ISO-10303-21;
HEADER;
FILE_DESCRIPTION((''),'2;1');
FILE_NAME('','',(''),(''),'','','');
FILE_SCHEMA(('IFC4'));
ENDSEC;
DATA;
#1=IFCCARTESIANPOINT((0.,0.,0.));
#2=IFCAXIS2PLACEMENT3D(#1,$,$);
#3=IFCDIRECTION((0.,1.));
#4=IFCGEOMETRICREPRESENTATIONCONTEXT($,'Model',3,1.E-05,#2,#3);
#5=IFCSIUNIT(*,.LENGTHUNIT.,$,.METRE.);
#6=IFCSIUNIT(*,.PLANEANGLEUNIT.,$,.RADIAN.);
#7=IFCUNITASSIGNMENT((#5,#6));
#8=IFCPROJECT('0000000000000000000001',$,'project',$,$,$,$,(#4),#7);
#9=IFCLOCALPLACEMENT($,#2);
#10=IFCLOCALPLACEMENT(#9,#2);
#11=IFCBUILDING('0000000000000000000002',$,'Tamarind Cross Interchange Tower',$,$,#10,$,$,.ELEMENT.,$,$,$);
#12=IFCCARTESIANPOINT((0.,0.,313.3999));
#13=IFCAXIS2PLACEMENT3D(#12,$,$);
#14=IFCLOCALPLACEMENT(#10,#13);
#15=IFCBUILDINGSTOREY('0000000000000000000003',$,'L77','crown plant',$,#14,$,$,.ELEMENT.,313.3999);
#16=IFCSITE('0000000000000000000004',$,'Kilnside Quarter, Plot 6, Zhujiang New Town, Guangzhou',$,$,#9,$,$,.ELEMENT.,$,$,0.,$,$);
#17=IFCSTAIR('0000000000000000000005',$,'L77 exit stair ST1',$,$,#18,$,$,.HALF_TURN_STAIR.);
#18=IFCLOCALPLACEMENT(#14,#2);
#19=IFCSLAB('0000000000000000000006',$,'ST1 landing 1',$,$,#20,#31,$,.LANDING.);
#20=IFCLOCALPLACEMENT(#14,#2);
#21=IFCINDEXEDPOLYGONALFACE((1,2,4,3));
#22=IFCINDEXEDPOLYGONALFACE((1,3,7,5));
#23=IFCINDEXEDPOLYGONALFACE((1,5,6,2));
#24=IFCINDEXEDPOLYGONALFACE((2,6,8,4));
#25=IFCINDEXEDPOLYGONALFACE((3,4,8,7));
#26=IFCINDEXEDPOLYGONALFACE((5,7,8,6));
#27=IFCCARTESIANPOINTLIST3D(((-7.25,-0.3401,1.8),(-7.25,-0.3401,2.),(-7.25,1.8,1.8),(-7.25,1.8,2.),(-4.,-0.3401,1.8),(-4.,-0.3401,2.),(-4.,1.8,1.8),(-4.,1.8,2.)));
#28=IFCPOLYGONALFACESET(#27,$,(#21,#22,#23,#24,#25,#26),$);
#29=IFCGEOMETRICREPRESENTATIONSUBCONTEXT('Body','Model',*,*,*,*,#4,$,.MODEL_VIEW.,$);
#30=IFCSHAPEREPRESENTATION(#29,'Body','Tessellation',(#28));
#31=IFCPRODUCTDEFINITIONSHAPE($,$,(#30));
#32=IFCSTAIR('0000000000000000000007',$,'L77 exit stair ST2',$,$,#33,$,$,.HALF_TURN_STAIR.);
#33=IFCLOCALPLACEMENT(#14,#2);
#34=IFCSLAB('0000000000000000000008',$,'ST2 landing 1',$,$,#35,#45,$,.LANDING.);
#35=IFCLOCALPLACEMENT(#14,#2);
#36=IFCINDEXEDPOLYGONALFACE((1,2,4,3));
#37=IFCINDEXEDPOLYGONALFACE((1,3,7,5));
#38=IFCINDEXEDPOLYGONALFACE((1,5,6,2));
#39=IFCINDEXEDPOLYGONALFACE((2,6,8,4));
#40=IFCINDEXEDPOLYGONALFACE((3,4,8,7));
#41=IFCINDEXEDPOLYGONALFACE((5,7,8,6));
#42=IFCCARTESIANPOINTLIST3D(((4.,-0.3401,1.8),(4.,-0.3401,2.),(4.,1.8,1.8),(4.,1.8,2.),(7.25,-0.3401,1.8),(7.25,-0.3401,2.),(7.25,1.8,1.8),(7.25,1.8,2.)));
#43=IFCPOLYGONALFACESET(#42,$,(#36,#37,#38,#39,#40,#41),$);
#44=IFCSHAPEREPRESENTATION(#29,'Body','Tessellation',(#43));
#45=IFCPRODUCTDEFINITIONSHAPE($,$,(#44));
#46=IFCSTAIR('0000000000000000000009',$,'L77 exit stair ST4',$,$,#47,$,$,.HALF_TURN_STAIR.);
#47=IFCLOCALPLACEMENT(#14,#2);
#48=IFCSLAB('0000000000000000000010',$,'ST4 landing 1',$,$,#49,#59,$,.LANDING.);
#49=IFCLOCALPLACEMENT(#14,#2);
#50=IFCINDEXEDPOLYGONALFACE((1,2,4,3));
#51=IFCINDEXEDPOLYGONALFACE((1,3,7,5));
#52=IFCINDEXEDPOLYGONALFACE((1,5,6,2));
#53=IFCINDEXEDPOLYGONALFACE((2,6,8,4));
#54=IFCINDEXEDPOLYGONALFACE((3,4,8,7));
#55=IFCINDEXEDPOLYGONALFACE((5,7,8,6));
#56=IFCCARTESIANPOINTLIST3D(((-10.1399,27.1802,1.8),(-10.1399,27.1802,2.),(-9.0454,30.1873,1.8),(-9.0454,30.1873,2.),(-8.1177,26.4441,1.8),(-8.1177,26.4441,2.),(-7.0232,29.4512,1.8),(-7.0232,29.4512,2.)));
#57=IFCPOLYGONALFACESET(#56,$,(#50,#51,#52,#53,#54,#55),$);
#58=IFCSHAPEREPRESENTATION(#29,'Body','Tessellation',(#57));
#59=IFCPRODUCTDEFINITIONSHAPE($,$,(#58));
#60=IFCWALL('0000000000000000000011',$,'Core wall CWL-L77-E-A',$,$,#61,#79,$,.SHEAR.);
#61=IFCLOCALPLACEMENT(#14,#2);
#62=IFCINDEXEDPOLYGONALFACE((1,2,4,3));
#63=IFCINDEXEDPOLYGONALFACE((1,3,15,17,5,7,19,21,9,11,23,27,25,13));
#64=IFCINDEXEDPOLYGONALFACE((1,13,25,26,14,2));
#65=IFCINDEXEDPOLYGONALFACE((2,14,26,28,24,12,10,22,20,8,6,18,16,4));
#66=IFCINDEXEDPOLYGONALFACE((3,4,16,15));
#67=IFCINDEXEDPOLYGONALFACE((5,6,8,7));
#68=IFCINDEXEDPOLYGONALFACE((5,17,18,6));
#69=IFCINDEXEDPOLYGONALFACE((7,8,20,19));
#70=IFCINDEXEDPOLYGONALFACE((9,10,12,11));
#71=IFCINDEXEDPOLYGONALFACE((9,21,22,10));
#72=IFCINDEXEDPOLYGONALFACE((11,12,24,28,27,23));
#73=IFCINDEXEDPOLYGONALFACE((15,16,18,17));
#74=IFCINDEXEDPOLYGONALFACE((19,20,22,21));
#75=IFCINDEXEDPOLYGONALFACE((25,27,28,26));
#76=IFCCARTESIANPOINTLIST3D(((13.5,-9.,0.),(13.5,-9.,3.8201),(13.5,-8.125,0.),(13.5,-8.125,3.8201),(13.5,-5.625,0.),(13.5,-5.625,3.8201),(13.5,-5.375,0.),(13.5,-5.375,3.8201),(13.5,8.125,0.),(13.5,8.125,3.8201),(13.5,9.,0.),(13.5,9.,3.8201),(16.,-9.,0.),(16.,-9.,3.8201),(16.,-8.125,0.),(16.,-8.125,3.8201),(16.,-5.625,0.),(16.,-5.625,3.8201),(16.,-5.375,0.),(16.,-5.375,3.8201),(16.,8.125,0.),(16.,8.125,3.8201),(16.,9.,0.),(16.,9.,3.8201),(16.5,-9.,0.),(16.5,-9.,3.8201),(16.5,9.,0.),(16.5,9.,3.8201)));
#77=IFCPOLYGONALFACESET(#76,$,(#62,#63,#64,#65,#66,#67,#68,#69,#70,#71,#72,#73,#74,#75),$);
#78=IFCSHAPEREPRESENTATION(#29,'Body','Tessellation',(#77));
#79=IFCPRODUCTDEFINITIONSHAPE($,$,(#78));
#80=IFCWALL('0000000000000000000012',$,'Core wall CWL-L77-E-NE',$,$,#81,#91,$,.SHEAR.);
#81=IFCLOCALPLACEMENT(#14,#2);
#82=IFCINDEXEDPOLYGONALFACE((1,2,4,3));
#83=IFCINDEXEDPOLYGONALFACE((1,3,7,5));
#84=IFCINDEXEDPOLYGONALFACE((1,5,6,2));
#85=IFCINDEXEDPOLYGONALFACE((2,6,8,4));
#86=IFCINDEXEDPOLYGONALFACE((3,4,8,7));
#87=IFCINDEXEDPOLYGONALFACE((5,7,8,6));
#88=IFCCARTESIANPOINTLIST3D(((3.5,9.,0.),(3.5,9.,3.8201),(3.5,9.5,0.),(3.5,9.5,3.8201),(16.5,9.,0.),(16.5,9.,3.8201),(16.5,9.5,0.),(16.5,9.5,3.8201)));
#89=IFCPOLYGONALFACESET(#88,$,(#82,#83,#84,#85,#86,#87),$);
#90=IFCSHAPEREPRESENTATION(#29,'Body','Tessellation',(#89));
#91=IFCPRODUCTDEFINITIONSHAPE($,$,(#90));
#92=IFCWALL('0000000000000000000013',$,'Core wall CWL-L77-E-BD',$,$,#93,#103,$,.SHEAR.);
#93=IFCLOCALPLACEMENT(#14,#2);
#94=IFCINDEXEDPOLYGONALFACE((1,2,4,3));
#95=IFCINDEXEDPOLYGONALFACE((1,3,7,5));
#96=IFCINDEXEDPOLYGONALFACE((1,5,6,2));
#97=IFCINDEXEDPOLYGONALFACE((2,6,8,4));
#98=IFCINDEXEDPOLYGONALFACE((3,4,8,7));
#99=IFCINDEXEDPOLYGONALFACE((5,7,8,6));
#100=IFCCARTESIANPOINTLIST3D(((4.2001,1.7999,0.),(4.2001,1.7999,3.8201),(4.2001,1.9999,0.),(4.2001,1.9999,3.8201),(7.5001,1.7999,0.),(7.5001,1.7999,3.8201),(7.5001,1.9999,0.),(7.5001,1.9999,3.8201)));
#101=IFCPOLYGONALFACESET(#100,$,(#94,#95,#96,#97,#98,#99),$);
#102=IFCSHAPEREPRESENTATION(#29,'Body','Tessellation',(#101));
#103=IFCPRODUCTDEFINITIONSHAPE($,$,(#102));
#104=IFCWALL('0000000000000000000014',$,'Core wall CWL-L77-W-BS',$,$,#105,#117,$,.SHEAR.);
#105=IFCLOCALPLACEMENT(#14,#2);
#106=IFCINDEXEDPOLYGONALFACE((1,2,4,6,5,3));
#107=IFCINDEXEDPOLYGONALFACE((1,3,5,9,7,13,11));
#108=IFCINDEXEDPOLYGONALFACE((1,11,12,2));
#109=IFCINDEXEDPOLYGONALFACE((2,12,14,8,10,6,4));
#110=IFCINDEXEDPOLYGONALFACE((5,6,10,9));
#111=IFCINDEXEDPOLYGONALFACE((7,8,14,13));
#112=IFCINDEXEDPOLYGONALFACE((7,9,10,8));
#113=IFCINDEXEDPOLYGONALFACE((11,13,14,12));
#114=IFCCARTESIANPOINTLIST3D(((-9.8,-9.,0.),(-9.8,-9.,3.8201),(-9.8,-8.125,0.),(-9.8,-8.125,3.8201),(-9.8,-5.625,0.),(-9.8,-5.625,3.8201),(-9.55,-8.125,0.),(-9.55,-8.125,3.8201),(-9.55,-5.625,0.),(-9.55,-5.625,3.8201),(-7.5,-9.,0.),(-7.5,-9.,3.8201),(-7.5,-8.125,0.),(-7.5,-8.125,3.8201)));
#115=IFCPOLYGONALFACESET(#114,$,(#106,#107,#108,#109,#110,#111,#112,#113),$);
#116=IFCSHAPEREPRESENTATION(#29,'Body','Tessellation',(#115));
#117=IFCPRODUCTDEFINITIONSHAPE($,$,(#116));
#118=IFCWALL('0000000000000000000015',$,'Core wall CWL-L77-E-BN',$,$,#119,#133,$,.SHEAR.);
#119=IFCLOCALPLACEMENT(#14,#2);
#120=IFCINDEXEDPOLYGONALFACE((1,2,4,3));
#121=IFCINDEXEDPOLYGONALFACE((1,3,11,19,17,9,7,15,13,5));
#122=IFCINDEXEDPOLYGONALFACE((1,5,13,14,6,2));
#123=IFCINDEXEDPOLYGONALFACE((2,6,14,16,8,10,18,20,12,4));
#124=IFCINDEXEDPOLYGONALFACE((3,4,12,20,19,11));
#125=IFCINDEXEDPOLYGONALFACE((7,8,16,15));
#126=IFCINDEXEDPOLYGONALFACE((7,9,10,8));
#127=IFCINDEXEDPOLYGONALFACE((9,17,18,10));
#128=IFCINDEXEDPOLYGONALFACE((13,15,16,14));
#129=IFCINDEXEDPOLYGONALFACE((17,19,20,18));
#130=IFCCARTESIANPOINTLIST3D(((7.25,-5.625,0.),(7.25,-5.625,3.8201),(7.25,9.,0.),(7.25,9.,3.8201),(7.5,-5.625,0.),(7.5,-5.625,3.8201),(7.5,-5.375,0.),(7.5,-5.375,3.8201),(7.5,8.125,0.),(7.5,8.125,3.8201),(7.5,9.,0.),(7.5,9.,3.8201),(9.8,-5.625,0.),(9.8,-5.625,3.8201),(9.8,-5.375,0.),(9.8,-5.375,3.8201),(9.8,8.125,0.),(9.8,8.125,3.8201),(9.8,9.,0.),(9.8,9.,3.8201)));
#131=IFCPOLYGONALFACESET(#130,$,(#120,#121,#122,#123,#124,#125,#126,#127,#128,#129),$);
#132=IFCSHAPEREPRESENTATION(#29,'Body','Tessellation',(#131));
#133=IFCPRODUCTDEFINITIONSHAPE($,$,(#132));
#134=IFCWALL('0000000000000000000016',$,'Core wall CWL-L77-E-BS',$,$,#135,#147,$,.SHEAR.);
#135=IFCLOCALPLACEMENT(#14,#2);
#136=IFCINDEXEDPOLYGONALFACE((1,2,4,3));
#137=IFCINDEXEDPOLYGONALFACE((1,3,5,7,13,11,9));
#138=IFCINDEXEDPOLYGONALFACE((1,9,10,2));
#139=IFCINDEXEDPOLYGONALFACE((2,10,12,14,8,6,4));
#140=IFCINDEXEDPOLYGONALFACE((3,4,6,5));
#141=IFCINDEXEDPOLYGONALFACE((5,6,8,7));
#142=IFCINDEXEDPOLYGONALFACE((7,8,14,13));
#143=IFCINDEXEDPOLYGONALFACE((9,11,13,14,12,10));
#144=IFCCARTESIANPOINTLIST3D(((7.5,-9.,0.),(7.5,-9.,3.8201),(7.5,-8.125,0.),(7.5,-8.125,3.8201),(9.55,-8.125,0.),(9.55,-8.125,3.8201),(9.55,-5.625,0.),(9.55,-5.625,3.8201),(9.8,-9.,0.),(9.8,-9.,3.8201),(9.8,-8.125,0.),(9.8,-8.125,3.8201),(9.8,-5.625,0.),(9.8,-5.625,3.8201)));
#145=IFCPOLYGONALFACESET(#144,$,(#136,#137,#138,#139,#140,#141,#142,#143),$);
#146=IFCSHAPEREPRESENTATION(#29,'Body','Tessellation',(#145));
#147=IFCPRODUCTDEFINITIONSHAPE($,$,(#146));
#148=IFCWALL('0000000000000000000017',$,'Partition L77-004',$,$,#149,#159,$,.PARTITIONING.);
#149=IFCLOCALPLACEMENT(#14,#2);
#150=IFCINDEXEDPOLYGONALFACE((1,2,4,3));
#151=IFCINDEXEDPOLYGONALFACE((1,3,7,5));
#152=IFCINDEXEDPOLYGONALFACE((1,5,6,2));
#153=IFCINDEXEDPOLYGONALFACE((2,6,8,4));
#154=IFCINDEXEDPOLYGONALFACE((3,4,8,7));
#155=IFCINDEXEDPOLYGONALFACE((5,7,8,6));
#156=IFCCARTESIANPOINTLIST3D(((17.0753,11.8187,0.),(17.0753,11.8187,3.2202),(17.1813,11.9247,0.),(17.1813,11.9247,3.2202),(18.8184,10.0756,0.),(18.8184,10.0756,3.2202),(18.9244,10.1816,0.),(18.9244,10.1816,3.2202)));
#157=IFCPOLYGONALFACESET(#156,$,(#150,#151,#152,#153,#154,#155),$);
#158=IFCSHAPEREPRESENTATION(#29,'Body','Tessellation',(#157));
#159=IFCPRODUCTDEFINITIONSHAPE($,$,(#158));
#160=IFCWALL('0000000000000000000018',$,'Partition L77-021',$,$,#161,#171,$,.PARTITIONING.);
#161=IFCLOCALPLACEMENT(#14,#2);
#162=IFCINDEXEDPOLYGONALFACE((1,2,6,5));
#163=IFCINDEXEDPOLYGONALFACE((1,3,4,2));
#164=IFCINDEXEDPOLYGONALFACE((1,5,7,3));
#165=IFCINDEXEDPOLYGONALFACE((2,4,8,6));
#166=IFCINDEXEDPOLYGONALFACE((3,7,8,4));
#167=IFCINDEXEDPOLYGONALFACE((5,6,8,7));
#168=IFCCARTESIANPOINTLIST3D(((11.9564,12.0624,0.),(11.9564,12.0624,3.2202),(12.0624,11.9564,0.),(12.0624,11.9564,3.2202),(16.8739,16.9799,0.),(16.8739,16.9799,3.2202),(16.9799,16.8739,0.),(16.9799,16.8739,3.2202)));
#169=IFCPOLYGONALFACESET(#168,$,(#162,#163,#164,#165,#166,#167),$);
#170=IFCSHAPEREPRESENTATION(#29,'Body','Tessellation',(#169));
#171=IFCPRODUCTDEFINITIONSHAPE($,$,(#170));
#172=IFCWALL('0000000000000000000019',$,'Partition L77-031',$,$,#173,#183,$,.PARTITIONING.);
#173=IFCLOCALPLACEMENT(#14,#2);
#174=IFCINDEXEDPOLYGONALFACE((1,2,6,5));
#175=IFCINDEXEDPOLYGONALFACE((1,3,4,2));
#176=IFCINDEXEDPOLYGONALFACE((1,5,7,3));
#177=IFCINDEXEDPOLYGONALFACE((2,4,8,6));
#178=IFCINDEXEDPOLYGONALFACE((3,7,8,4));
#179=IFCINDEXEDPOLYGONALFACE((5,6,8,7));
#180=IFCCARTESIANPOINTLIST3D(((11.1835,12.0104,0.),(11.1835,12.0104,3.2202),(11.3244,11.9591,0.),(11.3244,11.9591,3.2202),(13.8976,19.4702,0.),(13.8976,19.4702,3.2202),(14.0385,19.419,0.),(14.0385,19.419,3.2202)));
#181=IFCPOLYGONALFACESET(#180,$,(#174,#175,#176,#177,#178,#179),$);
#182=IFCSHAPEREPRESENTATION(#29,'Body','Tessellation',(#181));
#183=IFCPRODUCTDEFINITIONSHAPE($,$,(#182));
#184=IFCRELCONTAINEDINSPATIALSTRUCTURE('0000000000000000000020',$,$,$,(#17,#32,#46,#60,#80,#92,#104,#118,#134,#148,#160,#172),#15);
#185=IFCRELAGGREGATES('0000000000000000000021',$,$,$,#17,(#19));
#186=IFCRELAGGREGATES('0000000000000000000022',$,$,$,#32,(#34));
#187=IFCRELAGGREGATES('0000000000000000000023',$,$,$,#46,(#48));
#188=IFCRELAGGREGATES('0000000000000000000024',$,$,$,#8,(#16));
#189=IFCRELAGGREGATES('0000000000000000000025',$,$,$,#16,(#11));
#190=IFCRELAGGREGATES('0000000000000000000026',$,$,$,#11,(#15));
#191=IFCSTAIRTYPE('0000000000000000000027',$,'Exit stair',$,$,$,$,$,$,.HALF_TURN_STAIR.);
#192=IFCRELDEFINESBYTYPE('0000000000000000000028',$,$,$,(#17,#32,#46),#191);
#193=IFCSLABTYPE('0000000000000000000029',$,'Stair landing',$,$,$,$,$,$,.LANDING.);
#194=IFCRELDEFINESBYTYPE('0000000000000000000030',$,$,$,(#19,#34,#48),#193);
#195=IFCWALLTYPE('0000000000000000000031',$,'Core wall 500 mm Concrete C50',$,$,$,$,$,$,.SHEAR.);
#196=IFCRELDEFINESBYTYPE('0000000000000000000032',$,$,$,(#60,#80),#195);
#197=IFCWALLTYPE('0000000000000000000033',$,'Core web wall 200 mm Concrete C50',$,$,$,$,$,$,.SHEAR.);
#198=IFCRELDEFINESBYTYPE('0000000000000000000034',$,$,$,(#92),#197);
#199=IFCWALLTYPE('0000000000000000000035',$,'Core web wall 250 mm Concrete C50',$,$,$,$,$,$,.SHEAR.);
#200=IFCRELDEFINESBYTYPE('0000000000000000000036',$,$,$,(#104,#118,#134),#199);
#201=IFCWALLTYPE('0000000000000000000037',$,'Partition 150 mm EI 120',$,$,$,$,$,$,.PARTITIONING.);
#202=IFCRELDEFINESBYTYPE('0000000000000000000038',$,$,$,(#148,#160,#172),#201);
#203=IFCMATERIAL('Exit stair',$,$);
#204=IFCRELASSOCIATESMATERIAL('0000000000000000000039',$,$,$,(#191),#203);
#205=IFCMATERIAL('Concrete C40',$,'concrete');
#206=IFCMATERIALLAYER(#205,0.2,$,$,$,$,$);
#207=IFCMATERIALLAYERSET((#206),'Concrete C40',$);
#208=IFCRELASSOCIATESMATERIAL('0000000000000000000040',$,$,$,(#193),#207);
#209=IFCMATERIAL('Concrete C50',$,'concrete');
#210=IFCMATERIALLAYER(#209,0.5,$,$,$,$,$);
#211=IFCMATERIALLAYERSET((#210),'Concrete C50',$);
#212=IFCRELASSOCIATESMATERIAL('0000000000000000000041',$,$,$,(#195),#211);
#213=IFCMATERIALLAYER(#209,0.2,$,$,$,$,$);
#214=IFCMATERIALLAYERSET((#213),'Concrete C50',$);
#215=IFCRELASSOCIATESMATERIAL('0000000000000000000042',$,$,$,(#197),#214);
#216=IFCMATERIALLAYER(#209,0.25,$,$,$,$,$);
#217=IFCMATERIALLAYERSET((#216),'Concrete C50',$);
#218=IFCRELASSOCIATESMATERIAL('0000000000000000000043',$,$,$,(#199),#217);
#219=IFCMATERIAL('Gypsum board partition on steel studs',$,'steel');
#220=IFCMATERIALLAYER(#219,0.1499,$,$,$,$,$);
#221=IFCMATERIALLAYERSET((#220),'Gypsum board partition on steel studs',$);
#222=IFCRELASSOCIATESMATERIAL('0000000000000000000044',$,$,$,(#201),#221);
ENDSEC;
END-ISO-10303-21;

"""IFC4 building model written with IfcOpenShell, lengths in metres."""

from ifc_helpers import new_model, si_unit, direction, frame, frame_2d, origin, place, context, subcontext, project, spatial, polyline, rectangle, outline, extrude, material, layer, layer_set, type_object, element, aggregate, save


model = new_model("IFC4")

# Units and contexts
model_context = context("Model", 3, precision=1e-05, world=origin(), true_north=direction((0.0, 1.0)))
body_context = subcontext(model_context, "Body", "Model", "MODEL_VIEW")
ifc_project = project(units=[si_unit("LENGTHUNIT", "METRE"), si_unit("PLANEANGLEUNIT", "RADIAN")], contexts=[model_context])

# Site, building, storey
site_placement = place(None, origin())
site = spatial("IfcSite", under=ifc_project, at=site_placement, Name="Kilnside Quarter, Plot 6, Zhujiang New Town, Guangzhou", CompositionType="ELEMENT", RefElevation=0.0)
building_placement = place(site_placement, origin())
building = spatial("IfcBuilding", under=site, at=building_placement, Name="Tamarind Cross Interchange Tower", CompositionType="ELEMENT")
storey_placement = place(building_placement, frame((0.0, 0.0, 313.3999)))
storey = spatial("IfcBuildingStorey", under=building, at=storey_placement, Name="L77", Description="crown plant", CompositionType="ELEMENT", Elevation=313.3999)

# Stairs, slabs
ifc_material_1 = material(Name="Exit stair")
stair_type = type_object("IfcStairType", Name="Exit stair", PredefinedType="HALF_TURN_STAIR", material=ifc_material_1)
stair_1_placement = place(storey_placement, origin())
stair_1 = element("IfcStair", 1, at=stair_1_placement, inside=storey, type_object=stair_type, Name="L77 exit stair ST1", PredefinedType="HALF_TURN_STAIR")
ifc_material_2 = material(Name="Concrete C40", Category="concrete")
ifc_layer_1 = layer(ifc_material_2, 0.2)
ifc_layer_set_1 = layer_set([ifc_layer_1], Name="Concrete C40")
slab_type = type_object("IfcSlabType", Name="Stair landing", PredefinedType="LANDING", material=ifc_layer_set_1)
slab_1_placement = place(storey_placement, frame((0.0, 0.0, 1.8)))
slab_1 = element("IfcSlab", 2, at=slab_1_placement, type_object=slab_type, Name="ST1 landing 1", PredefinedType="LANDING", context=body_context, shape_type="SweptSolid", body=[
    extrude(outline(polyline([(-4.0, -0.3401), (-4.0, 1.8), (-7.25, 1.8), (-7.25, -0.3401), (-4.0, -0.3401)])), origin(), (0.0, 0.0, 1.0), 0.2),
])
aggregate(stair_1, [slab_1])
stair_2_placement = place(storey_placement, origin())
stair_2 = element("IfcStair", 3, at=stair_2_placement, inside=storey, type_object=stair_type, Name="L77 exit stair ST2", PredefinedType="HALF_TURN_STAIR")
slab_2_placement = place(storey_placement, frame((0.0, 0.0, 1.8)))
slab_2 = element("IfcSlab", 4, at=slab_2_placement, type_object=slab_type, Name="ST2 landing 1", PredefinedType="LANDING", context=body_context, shape_type="SweptSolid", body=[
    extrude(outline(polyline([(7.25, -0.3401), (7.25, 1.8), (4.0, 1.8), (4.0, -0.3401), (7.25, -0.3401)])), origin(), (0.0, 0.0, 1.0), 0.2),
])
aggregate(stair_2, [slab_2])
stair_3_placement = place(storey_placement, origin())
stair_3 = element("IfcStair", 5, at=stair_3_placement, inside=storey, type_object=stair_type, Name="L77 exit stair ST4", PredefinedType="HALF_TURN_STAIR")
slab_3_placement = place(storey_placement, frame((0.0, 0.0, 1.8)))
slab_3 = element("IfcSlab", 6, at=slab_3_placement, type_object=slab_type, Name="ST4 landing 1", PredefinedType="LANDING", context=body_context, shape_type="SweptSolid", body=[
    extrude(outline(polyline([(-7.0232, 29.4512), (-9.0454, 30.1873), (-10.1399, 27.1802), (-8.1177, 26.4441), (-7.0232, 29.4512)])), origin(), (0.0, 0.0, 1.0), 0.2),
])
aggregate(stair_3, [slab_3])

# Walls
ifc_material_3 = material(Name="Concrete C50", Category="concrete")
ifc_layer_2 = layer(ifc_material_3, 0.5)
ifc_layer_set_2 = layer_set([ifc_layer_2], Name="Concrete C50")
wall_type_1 = type_object("IfcWallType", Name="Core wall 500 mm Concrete C50", PredefinedType="SHEAR", material=ifc_layer_set_2)
wall_1_placement = place(storey_placement, origin())
element("IfcWall", 7, at=wall_1_placement, inside=storey, type_object=wall_type_1, Name="Core wall CWL-L77-E-A", PredefinedType="SHEAR", context=body_context, shape_type="SweptSolid", body=[
    extrude(outline(polyline([(13.5, -8.125), (13.5, -9.0), (16.0, -9.0), (16.5, -9.0), (16.5, 9.0), (16.0, 9.0), (13.5, 9.0), (13.5, 8.125), (16.0, 8.125), (16.0, -5.375), (13.5, -5.375), (13.5, -5.625), (16.0, -5.625), (16.0, -8.125), (13.5, -8.125)])), origin(), (0.0, 0.0, 1.0), 3.8201),
])
wall_2_placement = place(storey_placement, frame((16.5, 9.25, 0.0), z_axis=(0.0, 0.0, 1.0), x_axis=(-1.0, 0.0, 0.0)))
element("IfcWall", 8, at=wall_2_placement, inside=storey, type_object=wall_type_1, Name="Core wall CWL-L77-E-NE", PredefinedType="SHEAR", context=body_context, shape_type="SweptSolid", body=[
    extrude(rectangle(XDim=13.0, YDim=0.5, at=frame_2d((6.5, 0.0))), origin(), (0.0, 0.0, 1.0), 3.8201),
])
ifc_layer_3 = layer(ifc_material_3, 0.2)
ifc_layer_set_3 = layer_set([ifc_layer_3], Name="Concrete C50")
wall_type_2 = type_object("IfcWallType", Name="Core web wall 200 mm Concrete C50", PredefinedType="SHEAR", material=ifc_layer_set_3)
wall_3_placement = place(storey_placement, frame((7.5, 1.8999, 0.0), z_axis=(0.0, 0.0, 1.0), x_axis=(-1.0, 0.0, 0.0)))
element("IfcWall", 9, at=wall_3_placement, inside=storey, type_object=wall_type_2, Name="Core wall CWL-L77-E-BD", PredefinedType="SHEAR", context=body_context, shape_type="SweptSolid", body=[
    extrude(rectangle(XDim=3.3, YDim=0.2, at=frame_2d((1.6499, 0.0))), origin(), (0.0, 0.0, 1.0), 3.8201),
])
ifc_layer_4 = layer(ifc_material_3, 0.25)
ifc_layer_set_4 = layer_set([ifc_layer_4], Name="Concrete C50")
wall_type_3 = type_object("IfcWallType", Name="Core web wall 250 mm Concrete C50", PredefinedType="SHEAR", material=ifc_layer_set_4)
wall_4_placement = place(storey_placement, origin())
element("IfcWall", 10, at=wall_4_placement, inside=storey, type_object=wall_type_3, Name="Core wall CWL-L77-W-BS", PredefinedType="SHEAR", context=body_context, shape_type="SweptSolid", body=[
    extrude(outline(polyline([(-7.5, -8.125), (-9.55, -8.125), (-9.55, -5.625), (-9.8, -5.625), (-9.8, -8.125), (-9.8, -9.0), (-7.5, -9.0), (-7.5, -8.125)])), origin(), (0.0, 0.0, 1.0), 3.8201),
])
wall_5_placement = place(storey_placement, origin())
element("IfcWall", 11, at=wall_5_placement, inside=storey, type_object=wall_type_3, Name="Core wall CWL-L77-E-BN", PredefinedType="SHEAR", context=body_context, shape_type="SweptSolid", body=[
    extrude(outline(polyline([(9.8, -5.625), (9.8, -5.375), (7.5, -5.375), (7.5, 8.125), (9.8, 8.125), (9.8, 9.0), (7.5, 9.0), (7.25, 9.0), (7.25, -5.625), (7.5, -5.625), (9.8, -5.625)])), origin(), (0.0, 0.0, 1.0), 3.8201),
])
wall_6_placement = place(storey_placement, origin())
element("IfcWall", 12, at=wall_6_placement, inside=storey, type_object=wall_type_3, Name="Core wall CWL-L77-E-BS", PredefinedType="SHEAR", context=body_context, shape_type="SweptSolid", body=[
    extrude(outline(polyline([(7.5, -8.125), (7.5, -9.0), (9.8, -9.0), (9.8, -8.125), (9.8, -5.625), (9.55, -5.625), (9.55, -8.125), (7.5, -8.125)])), origin(), (0.0, 0.0, 1.0), 3.8201),
])
ifc_material_4 = material(Name="Gypsum board partition on steel studs", Category="steel")
ifc_layer_5 = layer(ifc_material_4, 0.1499)
ifc_layer_set_5 = layer_set([ifc_layer_5], Name="Gypsum board partition on steel studs")
wall_type_4 = type_object("IfcWallType", Name="Partition 150 mm EI 120", PredefinedType="PARTITIONING", material=ifc_layer_set_5)
wall_7_placement = place(storey_placement, frame((17.1284, 11.8716, 0.0), z_axis=(0.0, 0.0, 1.0), x_axis=(0.707107, -0.707107, 0.0)))
element("IfcWall", 13, at=wall_7_placement, inside=storey, type_object=wall_type_4, Name="Partition L77-004", PredefinedType="PARTITIONING", context=body_context, shape_type="SweptSolid", body=[
    extrude(rectangle(XDim=2.4651, YDim=0.1499, at=frame_2d((1.2324, 0.0))), origin(), (0.0, 0.0, 1.0), 3.2202),
])
wall_8_placement = place(storey_placement, frame((12.0095, 12.0095, 0.0), z_axis=(0.0, 0.0, 1.0), x_axis=(0.707107, 0.707107, 0.0)))
element("IfcWall", 14, at=wall_8_placement, inside=storey, type_object=wall_type_4, Name="Partition L77-021", PredefinedType="PARTITIONING", context=body_context, shape_type="SweptSolid", body=[
    extrude(rectangle(XDim=6.9543, YDim=0.1499, at=frame_2d((3.4771, 0.0))), origin(), (0.0, 0.0, 1.0), 3.2202),
])
wall_9_placement = place(storey_placement, frame((11.2539, 11.9846, 0.0), z_axis=(0.0, 0.0, 1.0), x_axis=(0.341899, 0.939737, 0.0)))
element("IfcWall", 15, at=wall_9_placement, inside=storey, type_object=wall_type_4, Name="Partition L77-031", PredefinedType="PARTITIONING", context=body_context, shape_type="SweptSolid", body=[
    extrude(rectangle(XDim=7.9382, YDim=0.1499, at=frame_2d((3.9692, 0.0))), origin(), (0.0, 0.0, 1.0), 3.2202),
])

save(model, "model.ifc")
